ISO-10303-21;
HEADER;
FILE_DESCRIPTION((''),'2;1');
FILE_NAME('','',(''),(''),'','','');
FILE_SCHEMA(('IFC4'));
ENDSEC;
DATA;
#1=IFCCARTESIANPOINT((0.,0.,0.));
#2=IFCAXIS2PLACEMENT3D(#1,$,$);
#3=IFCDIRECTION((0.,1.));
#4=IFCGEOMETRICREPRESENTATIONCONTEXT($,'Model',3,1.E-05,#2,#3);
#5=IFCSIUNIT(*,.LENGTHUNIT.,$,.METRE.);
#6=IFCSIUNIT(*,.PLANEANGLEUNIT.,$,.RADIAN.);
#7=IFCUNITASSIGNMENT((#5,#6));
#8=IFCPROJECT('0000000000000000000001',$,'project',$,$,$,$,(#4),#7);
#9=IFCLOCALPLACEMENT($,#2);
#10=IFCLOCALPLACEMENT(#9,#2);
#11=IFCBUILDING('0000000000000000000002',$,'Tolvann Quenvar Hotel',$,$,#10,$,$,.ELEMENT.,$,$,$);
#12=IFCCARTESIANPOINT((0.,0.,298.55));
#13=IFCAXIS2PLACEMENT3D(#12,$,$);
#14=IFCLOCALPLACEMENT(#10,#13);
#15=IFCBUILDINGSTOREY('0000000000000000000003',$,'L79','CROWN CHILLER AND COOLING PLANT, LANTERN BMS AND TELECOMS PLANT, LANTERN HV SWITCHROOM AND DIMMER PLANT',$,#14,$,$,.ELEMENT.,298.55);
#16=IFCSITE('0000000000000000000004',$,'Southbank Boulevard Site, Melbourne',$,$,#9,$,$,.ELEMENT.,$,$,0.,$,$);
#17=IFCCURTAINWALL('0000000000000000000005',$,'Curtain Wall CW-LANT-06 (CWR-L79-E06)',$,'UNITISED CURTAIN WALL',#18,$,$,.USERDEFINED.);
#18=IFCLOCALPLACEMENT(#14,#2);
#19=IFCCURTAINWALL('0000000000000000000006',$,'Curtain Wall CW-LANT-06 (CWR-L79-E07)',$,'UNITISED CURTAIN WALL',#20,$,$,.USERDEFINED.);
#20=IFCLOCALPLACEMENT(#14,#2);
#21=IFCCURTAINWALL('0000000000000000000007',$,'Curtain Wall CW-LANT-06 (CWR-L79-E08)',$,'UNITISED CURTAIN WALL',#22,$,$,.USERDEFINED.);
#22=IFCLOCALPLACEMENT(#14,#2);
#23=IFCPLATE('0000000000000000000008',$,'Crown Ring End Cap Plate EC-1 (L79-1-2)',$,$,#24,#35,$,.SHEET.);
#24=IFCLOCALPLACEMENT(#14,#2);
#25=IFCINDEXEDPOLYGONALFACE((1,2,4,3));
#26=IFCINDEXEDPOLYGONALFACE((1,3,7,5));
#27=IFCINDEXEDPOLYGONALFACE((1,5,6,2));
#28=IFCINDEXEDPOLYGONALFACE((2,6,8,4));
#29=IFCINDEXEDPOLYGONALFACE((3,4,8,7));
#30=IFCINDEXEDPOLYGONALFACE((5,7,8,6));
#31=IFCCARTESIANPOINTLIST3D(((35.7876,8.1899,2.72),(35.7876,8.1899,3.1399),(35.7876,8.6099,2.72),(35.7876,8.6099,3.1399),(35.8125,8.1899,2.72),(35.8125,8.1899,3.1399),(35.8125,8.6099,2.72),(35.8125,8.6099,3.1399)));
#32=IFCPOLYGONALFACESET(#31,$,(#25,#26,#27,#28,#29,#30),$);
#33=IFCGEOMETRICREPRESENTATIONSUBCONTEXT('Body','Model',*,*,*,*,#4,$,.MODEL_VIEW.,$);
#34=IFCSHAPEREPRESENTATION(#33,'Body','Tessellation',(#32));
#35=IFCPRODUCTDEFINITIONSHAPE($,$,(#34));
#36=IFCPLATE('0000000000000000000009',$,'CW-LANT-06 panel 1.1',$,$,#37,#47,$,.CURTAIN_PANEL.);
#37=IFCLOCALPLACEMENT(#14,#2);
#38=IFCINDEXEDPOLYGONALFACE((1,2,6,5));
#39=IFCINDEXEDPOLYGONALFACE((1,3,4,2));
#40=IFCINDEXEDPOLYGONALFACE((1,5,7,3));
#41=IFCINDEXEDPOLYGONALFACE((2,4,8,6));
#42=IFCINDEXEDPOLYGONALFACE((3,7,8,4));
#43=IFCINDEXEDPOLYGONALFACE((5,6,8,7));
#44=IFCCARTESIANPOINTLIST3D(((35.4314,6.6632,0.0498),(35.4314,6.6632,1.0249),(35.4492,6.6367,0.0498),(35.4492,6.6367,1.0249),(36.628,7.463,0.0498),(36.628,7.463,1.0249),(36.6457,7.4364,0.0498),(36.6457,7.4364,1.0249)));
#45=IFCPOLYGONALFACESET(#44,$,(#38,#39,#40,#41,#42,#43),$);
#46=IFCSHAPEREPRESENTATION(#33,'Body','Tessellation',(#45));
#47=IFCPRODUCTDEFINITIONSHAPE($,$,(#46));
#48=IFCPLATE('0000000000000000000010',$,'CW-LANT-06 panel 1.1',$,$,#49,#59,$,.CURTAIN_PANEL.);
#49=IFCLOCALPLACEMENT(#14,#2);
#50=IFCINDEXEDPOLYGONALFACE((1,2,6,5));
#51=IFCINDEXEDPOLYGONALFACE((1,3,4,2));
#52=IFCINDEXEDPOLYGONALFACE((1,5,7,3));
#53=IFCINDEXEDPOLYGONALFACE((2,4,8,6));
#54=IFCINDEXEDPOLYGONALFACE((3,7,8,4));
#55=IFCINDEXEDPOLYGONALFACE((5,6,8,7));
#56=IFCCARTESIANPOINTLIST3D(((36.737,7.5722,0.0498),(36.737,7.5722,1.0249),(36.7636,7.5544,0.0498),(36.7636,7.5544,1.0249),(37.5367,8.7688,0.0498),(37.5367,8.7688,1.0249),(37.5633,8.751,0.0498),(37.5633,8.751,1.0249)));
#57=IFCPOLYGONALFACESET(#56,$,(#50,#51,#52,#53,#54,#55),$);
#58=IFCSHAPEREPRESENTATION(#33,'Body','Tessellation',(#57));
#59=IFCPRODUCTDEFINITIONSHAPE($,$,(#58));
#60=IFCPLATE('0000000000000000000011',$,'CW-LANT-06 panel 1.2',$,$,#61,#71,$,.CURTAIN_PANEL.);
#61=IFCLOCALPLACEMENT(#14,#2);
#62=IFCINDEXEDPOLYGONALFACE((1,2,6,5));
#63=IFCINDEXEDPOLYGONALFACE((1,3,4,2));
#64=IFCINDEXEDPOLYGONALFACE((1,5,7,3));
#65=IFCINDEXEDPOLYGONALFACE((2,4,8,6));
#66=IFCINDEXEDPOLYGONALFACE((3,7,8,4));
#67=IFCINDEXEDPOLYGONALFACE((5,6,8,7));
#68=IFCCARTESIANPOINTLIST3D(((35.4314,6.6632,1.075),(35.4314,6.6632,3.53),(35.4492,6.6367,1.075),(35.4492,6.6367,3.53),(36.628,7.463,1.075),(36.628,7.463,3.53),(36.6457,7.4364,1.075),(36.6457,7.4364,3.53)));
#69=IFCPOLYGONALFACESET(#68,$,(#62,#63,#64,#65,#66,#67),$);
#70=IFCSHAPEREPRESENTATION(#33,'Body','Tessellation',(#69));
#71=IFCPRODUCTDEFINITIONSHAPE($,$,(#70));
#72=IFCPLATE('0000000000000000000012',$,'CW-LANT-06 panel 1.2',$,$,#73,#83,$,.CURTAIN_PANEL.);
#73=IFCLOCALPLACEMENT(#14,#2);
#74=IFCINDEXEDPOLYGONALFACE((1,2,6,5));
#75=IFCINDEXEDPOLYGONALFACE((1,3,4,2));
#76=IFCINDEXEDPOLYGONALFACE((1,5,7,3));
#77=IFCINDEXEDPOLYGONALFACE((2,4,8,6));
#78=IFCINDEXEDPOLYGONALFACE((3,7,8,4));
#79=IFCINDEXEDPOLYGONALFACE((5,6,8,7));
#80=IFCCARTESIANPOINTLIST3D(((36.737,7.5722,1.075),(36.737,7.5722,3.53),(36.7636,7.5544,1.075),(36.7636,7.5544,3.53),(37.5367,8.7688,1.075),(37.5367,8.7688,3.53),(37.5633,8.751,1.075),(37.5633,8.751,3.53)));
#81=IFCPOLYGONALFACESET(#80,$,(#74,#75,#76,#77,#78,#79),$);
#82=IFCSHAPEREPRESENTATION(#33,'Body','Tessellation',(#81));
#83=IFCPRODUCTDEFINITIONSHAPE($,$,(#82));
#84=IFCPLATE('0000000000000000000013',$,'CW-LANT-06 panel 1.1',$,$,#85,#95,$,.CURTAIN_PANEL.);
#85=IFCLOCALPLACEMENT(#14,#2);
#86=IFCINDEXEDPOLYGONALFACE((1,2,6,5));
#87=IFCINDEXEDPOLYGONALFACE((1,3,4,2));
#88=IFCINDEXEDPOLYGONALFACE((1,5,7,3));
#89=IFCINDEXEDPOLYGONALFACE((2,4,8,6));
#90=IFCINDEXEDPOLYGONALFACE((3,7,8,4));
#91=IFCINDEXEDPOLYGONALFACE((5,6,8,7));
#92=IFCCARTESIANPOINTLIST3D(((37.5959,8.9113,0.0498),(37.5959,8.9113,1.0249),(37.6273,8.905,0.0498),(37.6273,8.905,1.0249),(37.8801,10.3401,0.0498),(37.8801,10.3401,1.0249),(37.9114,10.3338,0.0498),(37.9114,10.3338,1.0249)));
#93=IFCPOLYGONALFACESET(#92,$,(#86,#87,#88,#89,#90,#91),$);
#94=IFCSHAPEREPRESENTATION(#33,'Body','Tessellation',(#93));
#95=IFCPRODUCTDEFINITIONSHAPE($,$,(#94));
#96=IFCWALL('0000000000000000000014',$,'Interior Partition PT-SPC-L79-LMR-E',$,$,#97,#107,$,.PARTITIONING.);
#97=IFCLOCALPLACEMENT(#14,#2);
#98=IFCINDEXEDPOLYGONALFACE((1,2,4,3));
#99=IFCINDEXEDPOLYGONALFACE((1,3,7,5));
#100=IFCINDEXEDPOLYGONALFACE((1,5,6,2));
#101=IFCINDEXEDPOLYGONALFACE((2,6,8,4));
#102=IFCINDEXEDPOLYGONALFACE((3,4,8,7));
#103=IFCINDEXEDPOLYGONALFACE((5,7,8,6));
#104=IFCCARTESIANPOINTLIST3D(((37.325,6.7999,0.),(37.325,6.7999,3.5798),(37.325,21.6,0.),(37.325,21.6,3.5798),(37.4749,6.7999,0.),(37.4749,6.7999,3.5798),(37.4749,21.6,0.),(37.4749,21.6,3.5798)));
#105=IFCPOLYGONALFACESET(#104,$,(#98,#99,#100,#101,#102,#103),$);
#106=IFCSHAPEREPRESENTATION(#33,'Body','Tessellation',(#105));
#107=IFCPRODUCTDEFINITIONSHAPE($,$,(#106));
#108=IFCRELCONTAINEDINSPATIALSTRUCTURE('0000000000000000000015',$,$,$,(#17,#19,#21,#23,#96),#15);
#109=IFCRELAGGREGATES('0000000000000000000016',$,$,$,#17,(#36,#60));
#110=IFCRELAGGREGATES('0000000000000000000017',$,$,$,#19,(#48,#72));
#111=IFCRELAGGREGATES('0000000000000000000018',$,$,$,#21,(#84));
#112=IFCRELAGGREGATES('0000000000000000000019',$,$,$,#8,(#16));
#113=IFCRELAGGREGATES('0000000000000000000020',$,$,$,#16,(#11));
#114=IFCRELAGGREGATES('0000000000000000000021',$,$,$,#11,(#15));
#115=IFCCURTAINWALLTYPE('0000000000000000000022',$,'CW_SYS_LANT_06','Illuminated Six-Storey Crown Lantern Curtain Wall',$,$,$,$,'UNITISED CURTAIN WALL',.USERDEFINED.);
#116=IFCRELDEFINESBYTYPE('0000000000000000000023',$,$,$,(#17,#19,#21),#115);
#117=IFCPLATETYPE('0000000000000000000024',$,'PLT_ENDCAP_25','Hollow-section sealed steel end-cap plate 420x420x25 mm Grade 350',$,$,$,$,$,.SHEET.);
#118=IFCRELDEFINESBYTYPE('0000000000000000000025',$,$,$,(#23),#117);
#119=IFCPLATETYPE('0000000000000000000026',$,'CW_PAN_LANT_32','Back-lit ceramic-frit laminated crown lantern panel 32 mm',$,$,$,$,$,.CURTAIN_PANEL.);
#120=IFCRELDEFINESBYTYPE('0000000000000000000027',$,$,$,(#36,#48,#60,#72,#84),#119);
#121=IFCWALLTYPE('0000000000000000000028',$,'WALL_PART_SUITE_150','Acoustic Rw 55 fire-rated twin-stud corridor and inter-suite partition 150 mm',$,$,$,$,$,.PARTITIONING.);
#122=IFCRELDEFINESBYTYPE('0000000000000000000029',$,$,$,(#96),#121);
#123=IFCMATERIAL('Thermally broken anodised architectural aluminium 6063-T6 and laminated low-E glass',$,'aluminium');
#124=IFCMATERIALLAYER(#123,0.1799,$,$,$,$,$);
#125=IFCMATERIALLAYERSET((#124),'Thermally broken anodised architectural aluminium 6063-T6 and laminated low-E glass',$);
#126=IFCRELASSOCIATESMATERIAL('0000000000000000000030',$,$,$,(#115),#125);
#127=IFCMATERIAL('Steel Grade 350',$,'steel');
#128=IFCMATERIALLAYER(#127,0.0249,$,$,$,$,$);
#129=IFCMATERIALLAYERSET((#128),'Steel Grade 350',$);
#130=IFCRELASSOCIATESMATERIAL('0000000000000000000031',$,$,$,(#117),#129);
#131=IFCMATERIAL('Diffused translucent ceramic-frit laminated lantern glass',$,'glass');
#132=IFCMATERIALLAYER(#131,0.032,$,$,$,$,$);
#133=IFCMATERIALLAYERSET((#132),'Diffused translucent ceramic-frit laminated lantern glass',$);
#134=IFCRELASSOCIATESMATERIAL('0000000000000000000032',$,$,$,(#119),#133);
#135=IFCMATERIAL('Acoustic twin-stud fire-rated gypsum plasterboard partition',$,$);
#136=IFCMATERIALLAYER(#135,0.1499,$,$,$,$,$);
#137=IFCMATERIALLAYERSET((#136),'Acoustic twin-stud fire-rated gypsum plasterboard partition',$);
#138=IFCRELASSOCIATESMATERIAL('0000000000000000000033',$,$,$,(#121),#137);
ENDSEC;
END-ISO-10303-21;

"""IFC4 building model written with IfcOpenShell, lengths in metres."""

from ifc_helpers import new_model, si_unit, direction, frame, frame_2d, origin, origin_2d, place, context, subcontext, project, spatial, rectangle, extrude, source, transform, mapped, material, layer, layer_set, type_object, type_shapes, element, aggregate, save


model = new_model("IFC4")

# Units and contexts
model_context = context("Model", 3, precision=1e-05, world=origin(), true_north=direction((0.0, 1.0)))
body_context = subcontext(model_context, "Body", "Model", "MODEL_VIEW")
ifc_project = project(units=[si_unit("LENGTHUNIT", "METRE"), si_unit("PLANEANGLEUNIT", "RADIAN")], contexts=[model_context])

# Site, building, storey
site_placement = place(None, origin())
site = spatial("IfcSite", under=ifc_project, at=site_placement, Name="Southbank Boulevard Site, Melbourne", CompositionType="ELEMENT", RefElevation=0.0)
building_placement = place(site_placement, origin())
building = spatial("IfcBuilding", under=site, at=building_placement, Name="Tolvann Quenvar Hotel", CompositionType="ELEMENT")
storey_placement = place(building_placement, frame((0.0, 0.0, 298.55)))
storey = spatial("IfcBuildingStorey", under=building, at=storey_placement, Name="L79", Description="CROWN CHILLER AND COOLING PLANT, LANTERN BMS AND TELECOMS PLANT, LANTERN HV SWITCHROOM AND DIMMER PLANT", CompositionType="ELEMENT", Elevation=298.55)

# Shared definitions
ifc_material_1 = material(Name="Steel Grade 350", Category="steel")

# Curtain walls
ifc_material_2 = material(Name="Thermally broken anodised architectural aluminium 6063-T6 and laminated low-E glass", Category="aluminium")
ifc_layer_1 = layer(ifc_material_2, 0.1799)
ifc_layer_set_1 = layer_set([ifc_layer_1], Name="Thermally broken anodised architectural aluminium 6063-T6 and laminated low-E glass")
curtain_wall_type = type_object("IfcCurtainWallType", Name="CW_SYS_LANT_06", Description="Illuminated Six-Storey Crown Lantern Curtain Wall", ElementType="UNITISED CURTAIN WALL", PredefinedType="USERDEFINED", material=ifc_layer_set_1)
curtain_wall_1_placement = place(storey_placement, origin())
curtain_wall_1 = element("IfcCurtainWall", 1, at=curtain_wall_1_placement, inside=storey, type_object=curtain_wall_type, Name="Curtain Wall CW-LANT-06 (CWR-L79-E06)", ObjectType="UNITISED CURTAIN WALL", PredefinedType="USERDEFINED")
curtain_wall_2_placement = place(storey_placement, origin())
curtain_wall_2 = element("IfcCurtainWall", 2, at=curtain_wall_2_placement, inside=storey, type_object=curtain_wall_type, Name="Curtain Wall CW-LANT-06 (CWR-L79-E07)", ObjectType="UNITISED CURTAIN WALL", PredefinedType="USERDEFINED")
curtain_wall_3_placement = place(storey_placement, origin())
curtain_wall_3 = element("IfcCurtainWall", 3, at=curtain_wall_3_placement, inside=storey, type_object=curtain_wall_type, Name="Curtain Wall CW-LANT-06 (CWR-L79-E08)", ObjectType="UNITISED CURTAIN WALL", PredefinedType="USERDEFINED")

# Plates
ifc_layer_2 = layer(ifc_material_1, 0.0249)
ifc_layer_set_2 = layer_set([ifc_layer_2], Name="Steel Grade 350")
plate_type_1 = type_object("IfcPlateType", Name="PLT_ENDCAP_25", Description="Hollow-section sealed steel end-cap plate 420x420x25 mm Grade 350", PredefinedType="SHEET", material=ifc_layer_set_2)
shared_shape_1 = source(origin(), body_context, "Body", "SweptSolid", [
    extrude(rectangle(XDim=0.0249, YDim=0.4199, at=origin_2d()), origin(), (0.0, 0.0, 1.0), 0.4199),
])
type_shapes(plate_type_1, [shared_shape_1])
plate_1_placement = place(storey_placement, frame((35.8, 8.3999, 2.72), z_axis=(0.0, 0.0, 1.0), x_axis=(1.0, 0.0, 0.0)))
element("IfcPlate", 4, at=plate_1_placement, inside=storey, type_object=plate_type_1, Name="Crown Ring End Cap Plate EC-1 (L79-1-2)", PredefinedType="SHEET", context=body_context, shape_type="MappedRepresentation", body=[
    mapped(shared_shape_1, transform((0.0, 0.0, 0.0), x_axis=(1.0, 0.0, 0.0), y_axis=(0.0, 1.0, 0.0), z_axis=(0.0, 0.0, 1.0), scale=1.0)),
])
ifc_material_3 = material(Name="Diffused translucent ceramic-frit laminated lantern glass", Category="glass")
ifc_layer_3 = layer(ifc_material_3, 0.032)
ifc_layer_set_3 = layer_set([ifc_layer_3], Name="Diffused translucent ceramic-frit laminated lantern glass")
plate_type_2 = type_object("IfcPlateType", Name="CW_PAN_LANT_32", Description="Back-lit ceramic-frit laminated crown lantern panel 32 mm", PredefinedType="CURTAIN_PANEL", material=ifc_layer_set_3)
shared_shape_2 = source(origin(), body_context, "Body", "SweptSolid", [
    extrude(rectangle(XDim=1.4392, YDim=0.032, at=origin_2d()), origin(), (0.0, 0.0, 1.0), 0.9751),
])
plate_2_placement = place(storey_placement, frame((36.0386, 7.0498, 0.0498), z_axis=(0.0, 0.0, 1.0), x_axis=(0.831412, 0.555656, 0.0)))
plate_2 = element("IfcPlate", 5, at=plate_2_placement, type_object=plate_type_2, Name="CW-LANT-06 panel 1.1", PredefinedType="CURTAIN_PANEL", context=body_context, shape_type="MappedRepresentation", body=[
    mapped(shared_shape_2, transform((0.0, 0.0, 0.0), x_axis=(1.0, 0.0, 0.0), y_axis=(0.0, 1.0, 0.0), z_axis=(0.0, 0.0, 1.0), scale=1.0)),
])
plate_3_placement = place(storey_placement, frame((37.1501, 8.1616, 0.0498), z_axis=(0.0, 0.0, 1.0), x_axis=(0.555656, 0.831412, 0.0)))
plate_3 = element("IfcPlate", 6, at=plate_3_placement, type_object=plate_type_2, Name="CW-LANT-06 panel 1.1", PredefinedType="CURTAIN_PANEL", context=body_context, shape_type="MappedRepresentation", body=[
    mapped(shared_shape_2, transform((0.0, 0.0, 0.0), x_axis=(1.0, 0.0, 0.0), y_axis=(0.0, 1.0, 0.0), z_axis=(0.0, 0.0, 1.0), scale=1.0)),
])
shared_shape_3 = source(origin(), body_context, "Body", "SweptSolid", [
    extrude(rectangle(XDim=1.4392, YDim=0.032, at=origin_2d()), origin(), (0.0, 0.0, 1.0), 2.4551),
])
plate_4_placement = place(storey_placement, frame((36.0386, 7.0498, 1.075), z_axis=(0.0, 0.0, 1.0), x_axis=(0.831412, 0.555656, 0.0)))
plate_4 = element("IfcPlate", 7, at=plate_4_placement, type_object=plate_type_2, Name="CW-LANT-06 panel 1.2", PredefinedType="CURTAIN_PANEL", context=body_context, shape_type="MappedRepresentation", body=[
    mapped(shared_shape_3, transform((0.0, 0.0, 0.0), x_axis=(1.0, 0.0, 0.0), y_axis=(0.0, 1.0, 0.0), z_axis=(0.0, 0.0, 1.0), scale=1.0)),
])
aggregate(curtain_wall_1, [plate_2, plate_4])
plate_5_placement = place(storey_placement, frame((37.1501, 8.1616, 1.075), z_axis=(0.0, 0.0, 1.0), x_axis=(0.555656, 0.831412, 0.0)))
plate_5 = element("IfcPlate", 8, at=plate_5_placement, type_object=plate_type_2, Name="CW-LANT-06 panel 1.2", PredefinedType="CURTAIN_PANEL", context=body_context, shape_type="MappedRepresentation", body=[
    mapped(shared_shape_3, transform((0.0, 0.0, 0.0), x_axis=(1.0, 0.0, 0.0), y_axis=(0.0, 1.0, 0.0), z_axis=(0.0, 0.0, 1.0), scale=1.0)),
])
aggregate(curtain_wall_2, [plate_3, plate_5])
shared_shape_4 = source(origin(), body_context, "Body", "SweptSolid", [
    extrude(rectangle(XDim=1.4568, YDim=0.032, at=origin_2d()), origin(), (0.0, 0.0, 1.0), 0.9751),
])
type_shapes(plate_type_2, [shared_shape_2, shared_shape_3, shared_shape_4])
plate_6_placement = place(storey_placement, frame((37.7537, 9.6226, 0.0498), z_axis=(0.0, 0.0, 1.0), x_axis=(0.195062, 0.980791, 0.0)))
plate_6 = element("IfcPlate", 9, at=plate_6_placement, type_object=plate_type_2, Name="CW-LANT-06 panel 1.1", PredefinedType="CURTAIN_PANEL", context=body_context, shape_type="MappedRepresentation", body=[
    mapped(shared_shape_4, transform((0.0, 0.0, 0.0), x_axis=(1.0, 0.0, 0.0), y_axis=(0.0, 1.0, 0.0), z_axis=(0.0, 0.0, 1.0), scale=1.0)),
])
aggregate(curtain_wall_3, [plate_6])

# Wall
ifc_material_4 = material(Name="Acoustic twin-stud fire-rated gypsum plasterboard partition")
ifc_layer_4 = layer(ifc_material_4, 0.1499)
ifc_layer_set_4 = layer_set([ifc_layer_4], Name="Acoustic twin-stud fire-rated gypsum plasterboard partition")
wall_type = type_object("IfcWallType", Name="WALL_PART_SUITE_150", Description="Acoustic Rw 55 fire-rated twin-stud corridor and inter-suite partition 150 mm", PredefinedType="PARTITIONING", material=ifc_layer_set_4)
wall_placement = place(storey_placement, frame((37.3999, 6.8, 0.0), z_axis=(0.0, 0.0, 1.0), x_axis=(0.0, 1.0, 0.0)))
element("IfcWall", 10, at=wall_placement, inside=storey, type_object=wall_type, Name="Interior Partition PT-SPC-L79-LMR-E", PredefinedType="PARTITIONING", context=body_context, shape_type="SweptSolid", body=[
    extrude(rectangle(XDim=14.8, YDim=0.1499, at=frame_2d((7.3999, 0.0))), origin(), (0.0, 0.0, 1.0), 3.5798),
])

save(model, "model.ifc")
